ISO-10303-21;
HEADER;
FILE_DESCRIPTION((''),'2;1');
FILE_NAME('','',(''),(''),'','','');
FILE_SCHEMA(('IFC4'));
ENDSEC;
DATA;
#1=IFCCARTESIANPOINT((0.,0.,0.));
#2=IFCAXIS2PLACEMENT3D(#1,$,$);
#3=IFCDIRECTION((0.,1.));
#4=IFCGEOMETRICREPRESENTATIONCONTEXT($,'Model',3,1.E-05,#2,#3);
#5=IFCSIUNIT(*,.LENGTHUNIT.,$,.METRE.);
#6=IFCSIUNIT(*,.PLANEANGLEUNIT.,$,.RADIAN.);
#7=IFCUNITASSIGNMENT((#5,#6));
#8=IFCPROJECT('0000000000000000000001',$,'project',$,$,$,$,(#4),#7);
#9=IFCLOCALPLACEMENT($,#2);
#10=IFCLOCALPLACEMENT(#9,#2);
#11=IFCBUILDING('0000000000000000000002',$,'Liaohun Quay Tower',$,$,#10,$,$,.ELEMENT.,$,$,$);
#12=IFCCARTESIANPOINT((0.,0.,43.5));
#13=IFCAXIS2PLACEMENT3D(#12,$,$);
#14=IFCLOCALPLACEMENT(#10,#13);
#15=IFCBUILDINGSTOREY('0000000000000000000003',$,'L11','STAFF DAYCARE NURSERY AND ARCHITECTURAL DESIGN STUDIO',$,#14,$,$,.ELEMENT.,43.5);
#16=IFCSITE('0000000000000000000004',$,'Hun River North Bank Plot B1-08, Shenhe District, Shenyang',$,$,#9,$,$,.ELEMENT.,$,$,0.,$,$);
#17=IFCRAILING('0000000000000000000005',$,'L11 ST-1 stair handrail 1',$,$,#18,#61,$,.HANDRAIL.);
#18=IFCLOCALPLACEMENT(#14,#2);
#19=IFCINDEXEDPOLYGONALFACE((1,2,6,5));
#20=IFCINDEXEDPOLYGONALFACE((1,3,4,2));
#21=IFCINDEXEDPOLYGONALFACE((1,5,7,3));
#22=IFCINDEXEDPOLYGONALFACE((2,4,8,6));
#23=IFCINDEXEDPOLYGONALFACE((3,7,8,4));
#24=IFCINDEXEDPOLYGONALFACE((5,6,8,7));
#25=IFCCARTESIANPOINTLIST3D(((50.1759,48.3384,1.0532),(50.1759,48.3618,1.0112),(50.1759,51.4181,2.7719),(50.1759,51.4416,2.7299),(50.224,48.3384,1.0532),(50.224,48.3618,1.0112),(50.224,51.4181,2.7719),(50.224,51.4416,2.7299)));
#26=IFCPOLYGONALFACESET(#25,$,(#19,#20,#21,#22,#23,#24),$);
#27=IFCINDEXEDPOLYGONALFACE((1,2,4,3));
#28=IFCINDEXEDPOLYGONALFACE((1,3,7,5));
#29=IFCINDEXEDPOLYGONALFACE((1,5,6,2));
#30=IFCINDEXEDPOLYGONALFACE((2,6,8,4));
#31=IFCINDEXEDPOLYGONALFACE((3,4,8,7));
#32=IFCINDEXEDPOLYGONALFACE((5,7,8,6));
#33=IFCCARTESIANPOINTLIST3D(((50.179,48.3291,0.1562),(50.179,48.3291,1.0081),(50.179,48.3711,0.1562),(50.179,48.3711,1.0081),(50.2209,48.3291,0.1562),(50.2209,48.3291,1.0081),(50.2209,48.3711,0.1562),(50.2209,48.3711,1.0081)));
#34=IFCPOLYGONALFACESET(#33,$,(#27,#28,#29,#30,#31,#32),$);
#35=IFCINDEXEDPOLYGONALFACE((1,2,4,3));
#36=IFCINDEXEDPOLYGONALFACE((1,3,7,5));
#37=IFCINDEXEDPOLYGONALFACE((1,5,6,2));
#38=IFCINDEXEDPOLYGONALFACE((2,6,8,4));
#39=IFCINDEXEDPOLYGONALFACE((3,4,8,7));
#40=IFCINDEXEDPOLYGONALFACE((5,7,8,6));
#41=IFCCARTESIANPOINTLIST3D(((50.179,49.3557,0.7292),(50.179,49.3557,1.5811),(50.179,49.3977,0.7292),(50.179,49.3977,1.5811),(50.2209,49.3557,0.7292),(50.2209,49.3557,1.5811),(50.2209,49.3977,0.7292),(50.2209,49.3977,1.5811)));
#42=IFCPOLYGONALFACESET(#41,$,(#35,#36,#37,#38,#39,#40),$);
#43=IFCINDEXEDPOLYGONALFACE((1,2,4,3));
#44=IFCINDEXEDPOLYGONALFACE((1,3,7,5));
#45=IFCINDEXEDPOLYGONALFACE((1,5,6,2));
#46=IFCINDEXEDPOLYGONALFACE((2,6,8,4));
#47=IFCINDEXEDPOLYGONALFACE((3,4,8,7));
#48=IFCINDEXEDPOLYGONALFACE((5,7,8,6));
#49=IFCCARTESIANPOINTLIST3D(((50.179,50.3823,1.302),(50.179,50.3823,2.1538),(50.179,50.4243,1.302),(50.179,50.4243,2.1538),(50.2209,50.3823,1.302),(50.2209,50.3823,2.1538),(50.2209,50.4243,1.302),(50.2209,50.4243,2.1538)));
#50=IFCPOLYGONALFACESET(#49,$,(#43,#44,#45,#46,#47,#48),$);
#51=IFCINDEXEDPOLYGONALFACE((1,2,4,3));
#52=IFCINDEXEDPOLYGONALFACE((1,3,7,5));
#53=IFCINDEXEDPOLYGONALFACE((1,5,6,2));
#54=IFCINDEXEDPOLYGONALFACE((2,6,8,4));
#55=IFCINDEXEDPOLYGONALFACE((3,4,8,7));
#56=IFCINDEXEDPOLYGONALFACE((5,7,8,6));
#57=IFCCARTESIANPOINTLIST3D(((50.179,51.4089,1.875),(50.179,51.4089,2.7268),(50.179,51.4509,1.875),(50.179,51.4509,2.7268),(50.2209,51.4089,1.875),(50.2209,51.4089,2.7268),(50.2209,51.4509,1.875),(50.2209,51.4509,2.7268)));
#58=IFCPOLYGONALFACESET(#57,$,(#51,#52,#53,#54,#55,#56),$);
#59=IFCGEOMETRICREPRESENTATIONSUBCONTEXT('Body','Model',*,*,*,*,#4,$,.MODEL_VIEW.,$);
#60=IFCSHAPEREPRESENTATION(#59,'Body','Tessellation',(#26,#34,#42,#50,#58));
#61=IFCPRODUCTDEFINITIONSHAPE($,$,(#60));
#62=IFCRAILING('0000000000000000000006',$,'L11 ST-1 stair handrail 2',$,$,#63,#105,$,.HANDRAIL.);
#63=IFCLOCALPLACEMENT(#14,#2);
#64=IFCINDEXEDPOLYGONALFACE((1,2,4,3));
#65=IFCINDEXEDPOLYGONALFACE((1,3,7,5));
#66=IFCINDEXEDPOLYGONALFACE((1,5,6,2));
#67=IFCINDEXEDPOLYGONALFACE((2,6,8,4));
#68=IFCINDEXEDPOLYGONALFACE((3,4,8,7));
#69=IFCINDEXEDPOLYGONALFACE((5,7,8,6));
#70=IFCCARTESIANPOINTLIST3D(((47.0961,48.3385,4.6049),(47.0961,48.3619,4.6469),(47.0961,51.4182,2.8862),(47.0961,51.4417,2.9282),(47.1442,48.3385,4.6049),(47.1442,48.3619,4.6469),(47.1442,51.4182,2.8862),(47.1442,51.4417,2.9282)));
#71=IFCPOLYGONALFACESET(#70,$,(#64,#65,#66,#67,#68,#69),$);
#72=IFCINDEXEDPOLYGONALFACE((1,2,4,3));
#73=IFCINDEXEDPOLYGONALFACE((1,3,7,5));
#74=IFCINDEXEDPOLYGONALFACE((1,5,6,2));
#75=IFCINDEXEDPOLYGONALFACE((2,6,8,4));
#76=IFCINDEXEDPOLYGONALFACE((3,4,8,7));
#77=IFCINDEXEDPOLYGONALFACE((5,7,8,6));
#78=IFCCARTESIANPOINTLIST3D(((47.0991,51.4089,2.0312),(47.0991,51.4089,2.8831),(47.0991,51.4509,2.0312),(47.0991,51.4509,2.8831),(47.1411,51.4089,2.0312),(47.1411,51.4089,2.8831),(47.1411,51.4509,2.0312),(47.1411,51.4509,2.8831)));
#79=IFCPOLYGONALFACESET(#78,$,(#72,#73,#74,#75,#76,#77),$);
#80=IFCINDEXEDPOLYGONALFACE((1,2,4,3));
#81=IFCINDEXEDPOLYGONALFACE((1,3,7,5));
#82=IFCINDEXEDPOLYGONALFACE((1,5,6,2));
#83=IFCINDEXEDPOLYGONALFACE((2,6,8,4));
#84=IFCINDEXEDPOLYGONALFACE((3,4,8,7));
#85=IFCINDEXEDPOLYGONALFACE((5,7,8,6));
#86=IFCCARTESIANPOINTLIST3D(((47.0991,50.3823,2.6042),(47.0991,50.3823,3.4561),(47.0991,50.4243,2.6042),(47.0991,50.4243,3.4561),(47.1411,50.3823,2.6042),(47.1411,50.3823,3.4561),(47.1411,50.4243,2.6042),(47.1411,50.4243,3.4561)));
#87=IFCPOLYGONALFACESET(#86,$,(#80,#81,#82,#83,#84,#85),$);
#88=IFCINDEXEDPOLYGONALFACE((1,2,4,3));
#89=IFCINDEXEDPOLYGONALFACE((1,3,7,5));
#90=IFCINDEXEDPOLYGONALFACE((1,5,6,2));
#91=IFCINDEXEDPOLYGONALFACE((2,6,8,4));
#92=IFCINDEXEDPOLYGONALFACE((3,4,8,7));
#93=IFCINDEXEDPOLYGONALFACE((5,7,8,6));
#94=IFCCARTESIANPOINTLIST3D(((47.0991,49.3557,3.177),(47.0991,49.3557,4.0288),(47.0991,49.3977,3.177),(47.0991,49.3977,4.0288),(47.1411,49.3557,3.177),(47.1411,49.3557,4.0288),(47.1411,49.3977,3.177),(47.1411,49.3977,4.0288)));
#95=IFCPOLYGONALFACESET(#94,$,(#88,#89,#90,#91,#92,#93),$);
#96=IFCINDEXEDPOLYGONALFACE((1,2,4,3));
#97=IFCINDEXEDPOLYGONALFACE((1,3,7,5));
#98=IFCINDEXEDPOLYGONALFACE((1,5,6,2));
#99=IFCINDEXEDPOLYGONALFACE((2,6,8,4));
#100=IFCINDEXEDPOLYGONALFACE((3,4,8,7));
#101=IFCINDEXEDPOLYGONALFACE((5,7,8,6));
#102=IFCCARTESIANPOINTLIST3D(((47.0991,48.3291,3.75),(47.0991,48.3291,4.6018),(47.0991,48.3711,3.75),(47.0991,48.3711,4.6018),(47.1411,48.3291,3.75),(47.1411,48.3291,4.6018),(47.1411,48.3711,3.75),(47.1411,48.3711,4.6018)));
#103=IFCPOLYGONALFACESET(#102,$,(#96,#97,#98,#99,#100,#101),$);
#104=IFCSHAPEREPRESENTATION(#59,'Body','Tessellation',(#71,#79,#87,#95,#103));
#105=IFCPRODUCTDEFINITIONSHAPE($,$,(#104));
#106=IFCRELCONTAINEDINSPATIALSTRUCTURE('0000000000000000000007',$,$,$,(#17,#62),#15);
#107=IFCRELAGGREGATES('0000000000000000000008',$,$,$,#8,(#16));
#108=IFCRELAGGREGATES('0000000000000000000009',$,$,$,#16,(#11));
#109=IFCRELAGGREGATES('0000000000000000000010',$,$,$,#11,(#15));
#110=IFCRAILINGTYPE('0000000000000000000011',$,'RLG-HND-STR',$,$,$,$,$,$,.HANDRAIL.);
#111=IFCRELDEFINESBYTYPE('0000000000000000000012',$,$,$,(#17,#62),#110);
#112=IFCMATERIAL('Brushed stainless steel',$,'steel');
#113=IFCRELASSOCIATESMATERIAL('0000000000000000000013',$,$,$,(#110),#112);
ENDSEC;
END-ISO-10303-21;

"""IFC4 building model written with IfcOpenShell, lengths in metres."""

from ifc_helpers import new_model, si_unit, direction, frame, origin, origin_2d, place, context, subcontext, project, spatial, rectangle, extrude, material, type_object, element, save


model = new_model("IFC4")

# Units and contexts
model_context = context("Model", 3, precision=1e-05, world=origin(), true_north=direction((0.0, 1.0)))
body_context = subcontext(model_context, "Body", "Model", "MODEL_VIEW")
ifc_project = project(units=[si_unit("LENGTHUNIT", "METRE"), si_unit("PLANEANGLEUNIT", "RADIAN")], contexts=[model_context])

# Site, building, storey
site_placement = place(None, origin())
site = spatial("IfcSite", under=ifc_project, at=site_placement, Name="Hun River North Bank Plot B1-08, Shenhe District, Shenyang", CompositionType="ELEMENT", RefElevation=0.0)
building_placement = place(site_placement, origin())
building = spatial("IfcBuilding", under=site, at=building_placement, Name="Liaohun Quay Tower", CompositionType="ELEMENT")
storey_placement = place(building_placement, frame((0.0, 0.0, 43.5)))
storey = spatial("IfcBuildingStorey", under=building, at=storey_placement, Name="L11", Description="STAFF DAYCARE NURSERY AND ARCHITECTURAL DESIGN STUDIO", CompositionType="ELEMENT", Elevation=43.5)

# Railings
ifc_material_1 = material(Name="Brushed stainless steel", Category="steel")
railing_type_1 = type_object("IfcRailingType", Name="RLG-HND-STR", PredefinedType="HANDRAIL", material=ifc_material_1)
railing_1_placement = place(storey_placement, frame((50.2, 48.3501, 0.1562)))
element("IfcRailing", 1, at=railing_1_placement, inside=storey, type_object=railing_type_1, Name="L11 ST-1 stair handrail 1", PredefinedType="HANDRAIL", context=body_context, shape_type="SweptSolid", body=[
    extrude(rectangle(XDim=0.0481, YDim=0.0481, at=origin_2d()), frame((0.0, 0.0, 0.876), z_axis=(0.0, 0.873225, 0.487317), x_axis=(-1.0, 0.0, 0.0)), (0.0, 0.0, 1.0), 3.5269),
    extrude(rectangle(XDim=0.042, YDim=0.042, at=origin_2d()), origin(), (0.0, 0.0, 1.0), 0.8518),
    extrude(rectangle(XDim=0.042, YDim=0.042, at=origin_2d()), frame((0.0, 1.0266, 0.573)), (0.0, 0.0, 1.0), 0.8518),
    extrude(rectangle(XDim=0.042, YDim=0.042, at=origin_2d()), frame((0.0, 2.0532, 1.1458)), (0.0, 0.0, 1.0), 0.8518),
    extrude(rectangle(XDim=0.042, YDim=0.042, at=origin_2d()), frame((0.0, 3.0798, 1.7188)), (0.0, 0.0, 1.0), 0.8518),
])
railing_2_placement = place(storey_placement, frame((47.1201, 51.4299, 2.0312)))
element("IfcRailing", 2, at=railing_2_placement, inside=storey, type_object=railing_type_1, Name="L11 ST-1 stair handrail 2", PredefinedType="HANDRAIL", context=body_context, shape_type="SweptSolid", body=[
    extrude(rectangle(XDim=0.0481, YDim=0.0481, at=origin_2d()), frame((0.0, 0.0, 0.876), z_axis=(0.0, -0.873225, 0.487317), x_axis=(1.0, 0.0, 0.0)), (0.0, 0.0, 1.0), 3.5269),
    extrude(rectangle(XDim=0.042, YDim=0.042, at=origin_2d()), origin(), (0.0, 0.0, 1.0), 0.8518),
    extrude(rectangle(XDim=0.042, YDim=0.042, at=origin_2d()), frame((0.0, -1.0266, 0.573)), (0.0, 0.0, 1.0), 0.8518),
    extrude(rectangle(XDim=0.042, YDim=0.042, at=origin_2d()), frame((0.0, -2.0532, 1.1458)), (0.0, 0.0, 1.0), 0.8518),
    extrude(rectangle(XDim=0.042, YDim=0.042, at=origin_2d()), frame((0.0, -3.0798, 1.7188)), (0.0, 0.0, 1.0), 0.8518),
])

save(model, "model.ifc")
